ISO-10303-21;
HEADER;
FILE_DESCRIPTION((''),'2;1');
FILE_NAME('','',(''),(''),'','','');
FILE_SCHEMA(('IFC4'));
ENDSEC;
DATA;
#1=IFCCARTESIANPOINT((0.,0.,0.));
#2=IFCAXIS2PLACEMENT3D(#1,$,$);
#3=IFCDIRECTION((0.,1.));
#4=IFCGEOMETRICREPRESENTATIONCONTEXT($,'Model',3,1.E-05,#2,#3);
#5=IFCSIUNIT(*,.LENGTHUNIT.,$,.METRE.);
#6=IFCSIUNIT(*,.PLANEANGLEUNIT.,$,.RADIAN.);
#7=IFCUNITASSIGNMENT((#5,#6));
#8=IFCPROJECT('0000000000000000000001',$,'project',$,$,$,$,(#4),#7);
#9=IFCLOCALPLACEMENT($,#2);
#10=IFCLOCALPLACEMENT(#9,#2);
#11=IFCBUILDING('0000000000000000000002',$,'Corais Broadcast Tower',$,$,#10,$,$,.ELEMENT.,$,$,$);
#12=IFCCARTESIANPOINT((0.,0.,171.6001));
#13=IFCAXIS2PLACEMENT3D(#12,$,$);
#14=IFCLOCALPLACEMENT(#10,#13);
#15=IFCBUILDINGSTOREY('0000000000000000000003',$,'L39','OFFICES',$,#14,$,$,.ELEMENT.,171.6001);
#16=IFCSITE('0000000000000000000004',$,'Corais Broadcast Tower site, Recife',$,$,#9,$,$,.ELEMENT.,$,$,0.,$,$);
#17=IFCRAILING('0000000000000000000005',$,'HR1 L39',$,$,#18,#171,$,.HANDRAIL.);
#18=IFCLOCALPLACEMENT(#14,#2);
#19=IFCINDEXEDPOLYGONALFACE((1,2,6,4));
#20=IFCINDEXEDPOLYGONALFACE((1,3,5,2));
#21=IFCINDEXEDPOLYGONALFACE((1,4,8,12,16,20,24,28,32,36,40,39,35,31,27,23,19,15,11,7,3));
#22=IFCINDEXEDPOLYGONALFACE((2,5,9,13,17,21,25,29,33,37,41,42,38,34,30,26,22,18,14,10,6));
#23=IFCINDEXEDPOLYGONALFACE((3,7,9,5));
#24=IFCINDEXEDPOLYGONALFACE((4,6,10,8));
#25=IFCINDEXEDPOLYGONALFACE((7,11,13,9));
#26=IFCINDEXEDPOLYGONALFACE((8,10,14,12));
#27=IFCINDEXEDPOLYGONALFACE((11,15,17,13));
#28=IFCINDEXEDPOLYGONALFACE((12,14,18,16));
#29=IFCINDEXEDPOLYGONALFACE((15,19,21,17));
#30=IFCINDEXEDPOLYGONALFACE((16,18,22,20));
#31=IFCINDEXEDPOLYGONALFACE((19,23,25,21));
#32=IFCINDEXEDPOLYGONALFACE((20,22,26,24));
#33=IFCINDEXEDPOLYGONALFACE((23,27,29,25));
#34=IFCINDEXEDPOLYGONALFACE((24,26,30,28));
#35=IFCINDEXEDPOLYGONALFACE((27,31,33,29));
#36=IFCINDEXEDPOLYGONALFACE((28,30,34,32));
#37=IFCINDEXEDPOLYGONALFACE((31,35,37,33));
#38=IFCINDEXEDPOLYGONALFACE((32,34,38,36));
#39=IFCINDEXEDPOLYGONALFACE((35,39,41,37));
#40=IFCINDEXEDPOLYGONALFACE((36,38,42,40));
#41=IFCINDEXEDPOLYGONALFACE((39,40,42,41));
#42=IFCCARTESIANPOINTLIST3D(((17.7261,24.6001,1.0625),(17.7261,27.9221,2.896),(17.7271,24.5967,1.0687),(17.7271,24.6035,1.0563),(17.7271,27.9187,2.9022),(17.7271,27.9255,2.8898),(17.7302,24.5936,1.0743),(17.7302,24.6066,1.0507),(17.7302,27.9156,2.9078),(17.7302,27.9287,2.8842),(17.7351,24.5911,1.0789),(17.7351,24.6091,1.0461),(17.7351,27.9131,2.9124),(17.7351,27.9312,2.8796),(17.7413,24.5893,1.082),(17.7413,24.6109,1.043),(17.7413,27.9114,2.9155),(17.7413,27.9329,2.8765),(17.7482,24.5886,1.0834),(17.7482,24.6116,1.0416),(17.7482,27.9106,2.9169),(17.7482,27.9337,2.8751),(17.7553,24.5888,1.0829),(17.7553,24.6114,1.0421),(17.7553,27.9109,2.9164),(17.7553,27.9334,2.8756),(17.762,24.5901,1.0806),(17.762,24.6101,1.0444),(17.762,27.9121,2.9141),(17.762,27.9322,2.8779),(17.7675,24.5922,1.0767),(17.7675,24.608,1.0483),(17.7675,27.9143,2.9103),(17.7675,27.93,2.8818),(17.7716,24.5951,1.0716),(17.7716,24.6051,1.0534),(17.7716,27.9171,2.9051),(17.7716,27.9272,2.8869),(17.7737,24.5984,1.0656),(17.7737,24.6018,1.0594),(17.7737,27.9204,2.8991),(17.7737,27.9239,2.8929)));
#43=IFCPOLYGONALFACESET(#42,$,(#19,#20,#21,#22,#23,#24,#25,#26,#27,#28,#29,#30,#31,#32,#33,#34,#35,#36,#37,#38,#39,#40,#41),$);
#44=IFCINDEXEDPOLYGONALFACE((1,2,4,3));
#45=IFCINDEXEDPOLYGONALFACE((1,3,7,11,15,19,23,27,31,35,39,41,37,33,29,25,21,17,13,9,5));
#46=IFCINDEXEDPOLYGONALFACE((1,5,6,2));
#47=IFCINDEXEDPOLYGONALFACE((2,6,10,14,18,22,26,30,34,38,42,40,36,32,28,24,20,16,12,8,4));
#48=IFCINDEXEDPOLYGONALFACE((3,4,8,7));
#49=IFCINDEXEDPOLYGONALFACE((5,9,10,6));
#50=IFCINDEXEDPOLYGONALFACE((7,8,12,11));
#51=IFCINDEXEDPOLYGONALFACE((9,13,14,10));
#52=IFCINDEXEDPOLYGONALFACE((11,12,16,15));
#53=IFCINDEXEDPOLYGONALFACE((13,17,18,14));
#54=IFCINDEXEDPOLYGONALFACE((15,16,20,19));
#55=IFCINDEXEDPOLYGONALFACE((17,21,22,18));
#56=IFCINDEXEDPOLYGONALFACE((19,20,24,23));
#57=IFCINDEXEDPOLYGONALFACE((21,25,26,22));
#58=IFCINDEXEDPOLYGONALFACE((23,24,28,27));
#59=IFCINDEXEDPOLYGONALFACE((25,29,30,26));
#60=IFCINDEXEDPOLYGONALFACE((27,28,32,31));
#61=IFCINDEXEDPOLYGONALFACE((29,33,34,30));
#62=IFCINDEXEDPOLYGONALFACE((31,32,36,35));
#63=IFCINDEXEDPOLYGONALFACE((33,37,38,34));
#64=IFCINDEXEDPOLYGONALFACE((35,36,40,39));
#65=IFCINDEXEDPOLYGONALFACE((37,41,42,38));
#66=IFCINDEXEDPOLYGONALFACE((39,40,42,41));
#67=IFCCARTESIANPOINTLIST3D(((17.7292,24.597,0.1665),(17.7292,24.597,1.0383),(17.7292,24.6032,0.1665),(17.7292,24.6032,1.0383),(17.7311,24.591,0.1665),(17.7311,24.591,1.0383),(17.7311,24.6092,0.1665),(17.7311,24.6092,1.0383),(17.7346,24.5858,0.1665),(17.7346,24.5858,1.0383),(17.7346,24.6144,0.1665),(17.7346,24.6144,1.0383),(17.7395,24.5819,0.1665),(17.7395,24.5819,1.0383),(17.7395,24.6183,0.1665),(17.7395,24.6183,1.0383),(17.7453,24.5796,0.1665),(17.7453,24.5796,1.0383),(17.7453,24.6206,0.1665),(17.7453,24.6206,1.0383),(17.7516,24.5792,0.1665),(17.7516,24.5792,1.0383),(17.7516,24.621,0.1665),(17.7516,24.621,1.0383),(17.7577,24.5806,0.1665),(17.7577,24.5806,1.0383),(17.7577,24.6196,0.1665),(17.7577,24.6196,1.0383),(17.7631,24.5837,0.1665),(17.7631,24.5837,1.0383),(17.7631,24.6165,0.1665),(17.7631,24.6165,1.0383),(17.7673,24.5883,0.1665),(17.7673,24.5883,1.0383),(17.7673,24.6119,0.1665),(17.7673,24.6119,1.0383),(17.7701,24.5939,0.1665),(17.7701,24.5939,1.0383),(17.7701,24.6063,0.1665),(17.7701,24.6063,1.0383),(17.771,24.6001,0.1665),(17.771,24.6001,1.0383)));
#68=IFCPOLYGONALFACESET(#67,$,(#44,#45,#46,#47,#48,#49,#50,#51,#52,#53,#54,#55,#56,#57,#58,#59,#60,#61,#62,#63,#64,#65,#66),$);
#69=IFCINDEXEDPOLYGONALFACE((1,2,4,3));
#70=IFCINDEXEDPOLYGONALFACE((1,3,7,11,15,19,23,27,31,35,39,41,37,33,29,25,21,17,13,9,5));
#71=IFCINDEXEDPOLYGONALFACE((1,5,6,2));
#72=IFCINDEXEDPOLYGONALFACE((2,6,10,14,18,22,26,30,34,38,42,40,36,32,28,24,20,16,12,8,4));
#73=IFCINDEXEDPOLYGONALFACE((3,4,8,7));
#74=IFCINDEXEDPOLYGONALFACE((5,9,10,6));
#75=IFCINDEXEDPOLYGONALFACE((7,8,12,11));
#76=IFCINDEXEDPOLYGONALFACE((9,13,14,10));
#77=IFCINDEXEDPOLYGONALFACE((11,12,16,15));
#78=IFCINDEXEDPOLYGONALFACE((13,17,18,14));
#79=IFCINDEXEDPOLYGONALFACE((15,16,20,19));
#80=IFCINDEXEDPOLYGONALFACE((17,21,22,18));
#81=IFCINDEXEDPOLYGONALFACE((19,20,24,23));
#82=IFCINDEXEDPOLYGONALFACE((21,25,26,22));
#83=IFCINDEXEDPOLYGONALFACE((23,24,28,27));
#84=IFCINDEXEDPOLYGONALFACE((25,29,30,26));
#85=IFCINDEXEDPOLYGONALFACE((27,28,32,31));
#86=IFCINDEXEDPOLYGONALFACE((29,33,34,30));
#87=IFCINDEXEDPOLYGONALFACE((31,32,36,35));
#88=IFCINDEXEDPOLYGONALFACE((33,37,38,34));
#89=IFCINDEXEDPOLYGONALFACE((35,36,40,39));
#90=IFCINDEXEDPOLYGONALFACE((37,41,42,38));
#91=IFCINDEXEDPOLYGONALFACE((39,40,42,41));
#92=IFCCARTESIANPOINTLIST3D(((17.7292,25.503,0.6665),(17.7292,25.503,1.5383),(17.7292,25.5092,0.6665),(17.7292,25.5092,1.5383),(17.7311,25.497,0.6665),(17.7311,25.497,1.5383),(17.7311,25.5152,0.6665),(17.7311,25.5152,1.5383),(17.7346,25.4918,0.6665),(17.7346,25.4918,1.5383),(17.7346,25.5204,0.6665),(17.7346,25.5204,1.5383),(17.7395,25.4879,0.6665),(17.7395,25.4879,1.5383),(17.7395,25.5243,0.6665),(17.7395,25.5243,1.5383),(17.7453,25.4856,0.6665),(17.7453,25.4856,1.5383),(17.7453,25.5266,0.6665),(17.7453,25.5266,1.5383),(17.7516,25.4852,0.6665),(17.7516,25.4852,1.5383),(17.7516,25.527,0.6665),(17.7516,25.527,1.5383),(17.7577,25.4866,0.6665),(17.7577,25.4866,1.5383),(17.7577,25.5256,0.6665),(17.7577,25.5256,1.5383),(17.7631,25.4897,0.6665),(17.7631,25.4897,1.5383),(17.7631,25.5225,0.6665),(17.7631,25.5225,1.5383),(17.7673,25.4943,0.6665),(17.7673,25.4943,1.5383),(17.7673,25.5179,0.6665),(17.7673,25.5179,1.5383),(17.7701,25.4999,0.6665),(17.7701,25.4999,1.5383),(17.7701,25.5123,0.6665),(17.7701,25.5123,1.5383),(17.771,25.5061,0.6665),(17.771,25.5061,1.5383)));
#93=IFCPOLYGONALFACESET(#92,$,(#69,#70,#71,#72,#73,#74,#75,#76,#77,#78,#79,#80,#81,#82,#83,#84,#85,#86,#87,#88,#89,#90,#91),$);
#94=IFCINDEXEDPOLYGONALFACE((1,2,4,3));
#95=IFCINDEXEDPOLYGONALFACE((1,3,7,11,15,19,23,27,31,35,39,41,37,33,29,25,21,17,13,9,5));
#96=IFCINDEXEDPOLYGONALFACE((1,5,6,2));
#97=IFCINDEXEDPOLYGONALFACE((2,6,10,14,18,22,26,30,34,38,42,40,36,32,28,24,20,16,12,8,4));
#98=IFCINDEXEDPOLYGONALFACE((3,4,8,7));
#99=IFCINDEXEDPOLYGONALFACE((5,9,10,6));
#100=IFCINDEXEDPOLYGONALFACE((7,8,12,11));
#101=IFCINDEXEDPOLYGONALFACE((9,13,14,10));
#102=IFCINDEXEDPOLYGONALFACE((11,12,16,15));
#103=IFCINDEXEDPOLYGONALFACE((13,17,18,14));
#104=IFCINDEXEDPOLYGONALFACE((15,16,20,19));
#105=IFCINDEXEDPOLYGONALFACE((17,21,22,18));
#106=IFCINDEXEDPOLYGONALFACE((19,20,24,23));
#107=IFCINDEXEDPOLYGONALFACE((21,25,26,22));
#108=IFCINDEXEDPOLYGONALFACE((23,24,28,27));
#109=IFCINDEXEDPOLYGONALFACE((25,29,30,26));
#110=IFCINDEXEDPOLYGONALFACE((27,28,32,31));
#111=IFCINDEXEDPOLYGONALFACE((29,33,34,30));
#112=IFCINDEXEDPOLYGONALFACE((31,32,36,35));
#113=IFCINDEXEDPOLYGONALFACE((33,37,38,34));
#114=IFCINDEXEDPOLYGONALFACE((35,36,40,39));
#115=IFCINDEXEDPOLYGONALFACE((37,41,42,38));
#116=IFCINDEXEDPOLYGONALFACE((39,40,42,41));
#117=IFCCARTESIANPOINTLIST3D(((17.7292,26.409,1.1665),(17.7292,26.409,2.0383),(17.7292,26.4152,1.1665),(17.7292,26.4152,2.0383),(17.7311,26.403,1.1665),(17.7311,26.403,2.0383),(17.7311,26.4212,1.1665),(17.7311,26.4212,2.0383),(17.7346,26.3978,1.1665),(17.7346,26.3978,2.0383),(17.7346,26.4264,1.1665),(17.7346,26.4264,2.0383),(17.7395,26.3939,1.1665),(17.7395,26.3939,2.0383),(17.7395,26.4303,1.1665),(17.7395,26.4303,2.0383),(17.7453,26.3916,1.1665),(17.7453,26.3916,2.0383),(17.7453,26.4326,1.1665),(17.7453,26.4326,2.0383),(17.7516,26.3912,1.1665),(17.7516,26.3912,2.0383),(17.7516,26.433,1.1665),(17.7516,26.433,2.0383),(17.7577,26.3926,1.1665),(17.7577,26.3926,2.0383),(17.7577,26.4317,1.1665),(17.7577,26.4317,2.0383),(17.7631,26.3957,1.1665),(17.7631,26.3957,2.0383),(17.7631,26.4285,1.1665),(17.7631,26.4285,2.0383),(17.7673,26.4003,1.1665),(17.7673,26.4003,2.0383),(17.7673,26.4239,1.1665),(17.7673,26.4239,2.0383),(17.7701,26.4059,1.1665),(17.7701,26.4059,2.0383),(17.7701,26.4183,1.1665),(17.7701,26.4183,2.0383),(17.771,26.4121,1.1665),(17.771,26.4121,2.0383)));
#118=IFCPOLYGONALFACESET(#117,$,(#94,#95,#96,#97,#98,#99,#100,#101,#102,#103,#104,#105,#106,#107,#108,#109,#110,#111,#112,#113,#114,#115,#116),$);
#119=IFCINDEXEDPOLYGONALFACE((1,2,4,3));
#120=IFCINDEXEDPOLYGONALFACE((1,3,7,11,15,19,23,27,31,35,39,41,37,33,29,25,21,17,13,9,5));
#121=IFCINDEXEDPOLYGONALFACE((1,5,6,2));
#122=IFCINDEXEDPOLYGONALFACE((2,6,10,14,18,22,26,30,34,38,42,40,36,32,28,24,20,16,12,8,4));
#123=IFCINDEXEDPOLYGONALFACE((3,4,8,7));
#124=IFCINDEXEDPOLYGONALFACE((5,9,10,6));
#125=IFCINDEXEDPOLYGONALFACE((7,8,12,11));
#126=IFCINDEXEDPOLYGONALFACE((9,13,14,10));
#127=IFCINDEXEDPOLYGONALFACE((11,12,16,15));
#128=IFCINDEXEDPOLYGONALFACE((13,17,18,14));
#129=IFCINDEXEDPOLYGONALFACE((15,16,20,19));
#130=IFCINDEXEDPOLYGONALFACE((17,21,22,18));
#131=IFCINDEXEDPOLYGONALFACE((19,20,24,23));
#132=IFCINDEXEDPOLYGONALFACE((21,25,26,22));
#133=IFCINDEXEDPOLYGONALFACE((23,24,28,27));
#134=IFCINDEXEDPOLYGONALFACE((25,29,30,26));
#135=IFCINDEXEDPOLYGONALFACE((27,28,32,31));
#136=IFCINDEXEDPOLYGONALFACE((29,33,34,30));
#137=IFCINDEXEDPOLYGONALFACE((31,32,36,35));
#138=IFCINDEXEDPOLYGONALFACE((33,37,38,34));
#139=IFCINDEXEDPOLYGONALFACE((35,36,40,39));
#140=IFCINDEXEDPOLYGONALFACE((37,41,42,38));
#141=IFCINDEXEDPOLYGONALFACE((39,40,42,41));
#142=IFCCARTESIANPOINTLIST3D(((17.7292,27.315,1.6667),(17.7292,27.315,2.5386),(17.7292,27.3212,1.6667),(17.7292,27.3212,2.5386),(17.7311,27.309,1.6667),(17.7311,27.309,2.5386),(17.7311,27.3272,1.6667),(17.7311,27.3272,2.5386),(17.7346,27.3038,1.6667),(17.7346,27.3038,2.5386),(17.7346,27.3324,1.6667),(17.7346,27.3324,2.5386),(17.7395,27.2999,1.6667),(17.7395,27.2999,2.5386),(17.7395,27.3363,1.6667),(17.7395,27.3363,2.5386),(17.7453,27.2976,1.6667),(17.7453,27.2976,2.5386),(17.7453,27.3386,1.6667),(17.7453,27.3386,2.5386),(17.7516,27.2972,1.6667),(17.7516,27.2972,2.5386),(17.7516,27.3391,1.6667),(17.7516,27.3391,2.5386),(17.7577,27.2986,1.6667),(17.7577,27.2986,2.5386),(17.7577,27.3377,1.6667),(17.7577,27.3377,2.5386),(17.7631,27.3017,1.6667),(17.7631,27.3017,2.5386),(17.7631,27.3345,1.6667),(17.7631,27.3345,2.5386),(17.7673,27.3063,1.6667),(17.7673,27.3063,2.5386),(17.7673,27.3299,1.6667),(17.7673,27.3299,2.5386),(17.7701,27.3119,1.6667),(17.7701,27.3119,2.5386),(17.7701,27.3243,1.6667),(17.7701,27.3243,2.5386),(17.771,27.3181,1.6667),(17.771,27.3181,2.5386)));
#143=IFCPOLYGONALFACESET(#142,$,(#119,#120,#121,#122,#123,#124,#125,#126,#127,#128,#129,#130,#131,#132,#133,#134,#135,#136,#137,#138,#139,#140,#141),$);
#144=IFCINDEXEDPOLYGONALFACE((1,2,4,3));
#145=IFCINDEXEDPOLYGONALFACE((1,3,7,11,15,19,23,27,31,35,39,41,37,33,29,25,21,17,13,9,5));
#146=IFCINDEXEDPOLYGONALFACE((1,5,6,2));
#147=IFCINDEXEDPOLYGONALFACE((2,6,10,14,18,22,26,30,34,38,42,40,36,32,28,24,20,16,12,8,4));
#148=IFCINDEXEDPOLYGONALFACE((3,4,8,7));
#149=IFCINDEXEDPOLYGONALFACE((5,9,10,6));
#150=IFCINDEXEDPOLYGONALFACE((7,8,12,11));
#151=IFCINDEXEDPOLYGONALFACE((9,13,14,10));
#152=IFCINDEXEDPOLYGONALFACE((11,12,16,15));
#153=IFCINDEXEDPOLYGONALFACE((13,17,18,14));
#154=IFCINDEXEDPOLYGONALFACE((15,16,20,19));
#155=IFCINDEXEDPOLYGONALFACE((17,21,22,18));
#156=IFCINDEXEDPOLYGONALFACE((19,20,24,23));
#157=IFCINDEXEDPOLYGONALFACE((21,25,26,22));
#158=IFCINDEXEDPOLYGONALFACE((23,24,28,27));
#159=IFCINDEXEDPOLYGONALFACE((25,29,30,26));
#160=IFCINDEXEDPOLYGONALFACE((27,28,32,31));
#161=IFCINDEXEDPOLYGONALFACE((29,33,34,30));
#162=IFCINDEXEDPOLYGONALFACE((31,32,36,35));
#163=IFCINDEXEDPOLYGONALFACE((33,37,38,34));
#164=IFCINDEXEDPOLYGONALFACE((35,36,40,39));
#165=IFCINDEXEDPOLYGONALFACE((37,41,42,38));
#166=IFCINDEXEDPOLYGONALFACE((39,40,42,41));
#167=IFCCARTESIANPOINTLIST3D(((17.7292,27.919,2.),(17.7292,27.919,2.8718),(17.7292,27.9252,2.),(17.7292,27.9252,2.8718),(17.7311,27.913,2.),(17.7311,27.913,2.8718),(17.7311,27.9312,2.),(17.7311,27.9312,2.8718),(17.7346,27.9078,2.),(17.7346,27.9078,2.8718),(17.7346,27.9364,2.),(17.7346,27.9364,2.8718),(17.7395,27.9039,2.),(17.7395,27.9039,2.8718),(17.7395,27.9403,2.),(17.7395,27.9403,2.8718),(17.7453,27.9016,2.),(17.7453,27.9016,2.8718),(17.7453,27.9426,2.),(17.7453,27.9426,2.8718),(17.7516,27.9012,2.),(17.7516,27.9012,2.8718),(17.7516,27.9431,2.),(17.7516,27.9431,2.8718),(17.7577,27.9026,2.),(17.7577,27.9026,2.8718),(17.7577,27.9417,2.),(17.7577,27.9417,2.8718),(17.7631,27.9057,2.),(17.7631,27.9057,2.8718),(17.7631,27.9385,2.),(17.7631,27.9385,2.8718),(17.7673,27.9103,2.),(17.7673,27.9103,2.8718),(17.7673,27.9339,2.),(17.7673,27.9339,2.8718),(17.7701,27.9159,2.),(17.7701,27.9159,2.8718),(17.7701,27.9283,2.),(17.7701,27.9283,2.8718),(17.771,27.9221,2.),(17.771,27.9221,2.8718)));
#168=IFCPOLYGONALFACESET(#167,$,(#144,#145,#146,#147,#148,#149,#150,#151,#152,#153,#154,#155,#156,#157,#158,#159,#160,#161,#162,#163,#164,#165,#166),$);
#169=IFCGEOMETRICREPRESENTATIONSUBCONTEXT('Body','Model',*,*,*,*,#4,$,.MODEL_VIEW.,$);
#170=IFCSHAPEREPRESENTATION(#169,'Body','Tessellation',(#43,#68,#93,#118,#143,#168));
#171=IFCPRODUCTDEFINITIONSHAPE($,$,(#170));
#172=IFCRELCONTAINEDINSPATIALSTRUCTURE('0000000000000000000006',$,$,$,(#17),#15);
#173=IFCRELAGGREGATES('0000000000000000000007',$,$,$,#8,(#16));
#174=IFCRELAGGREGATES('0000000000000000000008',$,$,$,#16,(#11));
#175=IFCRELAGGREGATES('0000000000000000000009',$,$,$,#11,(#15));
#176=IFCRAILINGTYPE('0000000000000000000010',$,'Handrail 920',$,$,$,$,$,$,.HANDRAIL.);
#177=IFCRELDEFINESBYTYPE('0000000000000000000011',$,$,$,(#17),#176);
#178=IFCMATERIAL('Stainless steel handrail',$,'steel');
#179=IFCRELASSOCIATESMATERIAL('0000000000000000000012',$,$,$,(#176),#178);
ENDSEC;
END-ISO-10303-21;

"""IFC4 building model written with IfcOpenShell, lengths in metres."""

from ifc_helpers import new_model, si_unit, direction, frame, origin, origin_2d, place, context, subcontext, project, spatial, circle, extrude, material, type_object, element, save


model = new_model("IFC4")

# Units and contexts
model_context = context("Model", 3, precision=1e-05, world=origin(), true_north=direction((0.0, 1.0)))
body_context = subcontext(model_context, "Body", "Model", "MODEL_VIEW")
ifc_project = project(units=[si_unit("LENGTHUNIT", "METRE"), si_unit("PLANEANGLEUNIT", "RADIAN")], contexts=[model_context])

# Site, building, storey
site_placement = place(None, origin())
site = spatial("IfcSite", under=ifc_project, at=site_placement, Name="Corais Broadcast Tower site, Recife", CompositionType="ELEMENT", RefElevation=0.0)
building_placement = place(site_placement, origin())
building = spatial("IfcBuilding", under=site, at=building_placement, Name="Corais Broadcast Tower", CompositionType="ELEMENT")
storey_placement = place(building_placement, frame((0.0, 0.0, 171.6001)))
storey = spatial("IfcBuildingStorey", under=building, at=storey_placement, Name="L39", Description="OFFICES", CompositionType="ELEMENT", Elevation=171.6001)

# Railing
ifc_material_1 = material(Name="Stainless steel handrail", Category="steel")
railing_type = type_object("IfcRailingType", Name="Handrail 920", PredefinedType="HANDRAIL", material=ifc_material_1)
for number, where, name in (
    (1, (17.75, 24.6001, 0.1665), "HR1 L39"),
):
    element("IfcRailing", number, at=place(storey_placement, frame(where)), inside=storey, type_object=railing_type, Name=name, PredefinedType="HANDRAIL", context=body_context, shape_type="SweptSolid", body=[
        extrude(circle(Radius=0.0239, at=origin_2d()), frame((0.0, 0.0, 0.896), z_axis=(0.0, 0.875504, 0.48321), x_axis=(-1.0, 0.0, 0.0)), (0.0, 0.0, 1.0), 3.7944),
        extrude(circle(Radius=0.021, at=origin_2d()), origin(), (0.0, 0.0, 1.0), 0.8718),
        extrude(circle(Radius=0.021, at=origin_2d()), frame((0.0, 0.906, 0.5)), (0.0, 0.0, 1.0), 0.8718),
        extrude(circle(Radius=0.021, at=origin_2d()), frame((0.0, 1.812, 1.0)), (0.0, 0.0, 1.0), 0.8718),
        extrude(circle(Radius=0.021, at=origin_2d()), frame((0.0, 2.718, 1.5002)), (0.0, 0.0, 1.0), 0.8718),
        extrude(circle(Radius=0.021, at=origin_2d()), frame((0.0, 3.322, 1.8335)), (0.0, 0.0, 1.0), 0.8718),
    ])

save(model, "model.ifc")
